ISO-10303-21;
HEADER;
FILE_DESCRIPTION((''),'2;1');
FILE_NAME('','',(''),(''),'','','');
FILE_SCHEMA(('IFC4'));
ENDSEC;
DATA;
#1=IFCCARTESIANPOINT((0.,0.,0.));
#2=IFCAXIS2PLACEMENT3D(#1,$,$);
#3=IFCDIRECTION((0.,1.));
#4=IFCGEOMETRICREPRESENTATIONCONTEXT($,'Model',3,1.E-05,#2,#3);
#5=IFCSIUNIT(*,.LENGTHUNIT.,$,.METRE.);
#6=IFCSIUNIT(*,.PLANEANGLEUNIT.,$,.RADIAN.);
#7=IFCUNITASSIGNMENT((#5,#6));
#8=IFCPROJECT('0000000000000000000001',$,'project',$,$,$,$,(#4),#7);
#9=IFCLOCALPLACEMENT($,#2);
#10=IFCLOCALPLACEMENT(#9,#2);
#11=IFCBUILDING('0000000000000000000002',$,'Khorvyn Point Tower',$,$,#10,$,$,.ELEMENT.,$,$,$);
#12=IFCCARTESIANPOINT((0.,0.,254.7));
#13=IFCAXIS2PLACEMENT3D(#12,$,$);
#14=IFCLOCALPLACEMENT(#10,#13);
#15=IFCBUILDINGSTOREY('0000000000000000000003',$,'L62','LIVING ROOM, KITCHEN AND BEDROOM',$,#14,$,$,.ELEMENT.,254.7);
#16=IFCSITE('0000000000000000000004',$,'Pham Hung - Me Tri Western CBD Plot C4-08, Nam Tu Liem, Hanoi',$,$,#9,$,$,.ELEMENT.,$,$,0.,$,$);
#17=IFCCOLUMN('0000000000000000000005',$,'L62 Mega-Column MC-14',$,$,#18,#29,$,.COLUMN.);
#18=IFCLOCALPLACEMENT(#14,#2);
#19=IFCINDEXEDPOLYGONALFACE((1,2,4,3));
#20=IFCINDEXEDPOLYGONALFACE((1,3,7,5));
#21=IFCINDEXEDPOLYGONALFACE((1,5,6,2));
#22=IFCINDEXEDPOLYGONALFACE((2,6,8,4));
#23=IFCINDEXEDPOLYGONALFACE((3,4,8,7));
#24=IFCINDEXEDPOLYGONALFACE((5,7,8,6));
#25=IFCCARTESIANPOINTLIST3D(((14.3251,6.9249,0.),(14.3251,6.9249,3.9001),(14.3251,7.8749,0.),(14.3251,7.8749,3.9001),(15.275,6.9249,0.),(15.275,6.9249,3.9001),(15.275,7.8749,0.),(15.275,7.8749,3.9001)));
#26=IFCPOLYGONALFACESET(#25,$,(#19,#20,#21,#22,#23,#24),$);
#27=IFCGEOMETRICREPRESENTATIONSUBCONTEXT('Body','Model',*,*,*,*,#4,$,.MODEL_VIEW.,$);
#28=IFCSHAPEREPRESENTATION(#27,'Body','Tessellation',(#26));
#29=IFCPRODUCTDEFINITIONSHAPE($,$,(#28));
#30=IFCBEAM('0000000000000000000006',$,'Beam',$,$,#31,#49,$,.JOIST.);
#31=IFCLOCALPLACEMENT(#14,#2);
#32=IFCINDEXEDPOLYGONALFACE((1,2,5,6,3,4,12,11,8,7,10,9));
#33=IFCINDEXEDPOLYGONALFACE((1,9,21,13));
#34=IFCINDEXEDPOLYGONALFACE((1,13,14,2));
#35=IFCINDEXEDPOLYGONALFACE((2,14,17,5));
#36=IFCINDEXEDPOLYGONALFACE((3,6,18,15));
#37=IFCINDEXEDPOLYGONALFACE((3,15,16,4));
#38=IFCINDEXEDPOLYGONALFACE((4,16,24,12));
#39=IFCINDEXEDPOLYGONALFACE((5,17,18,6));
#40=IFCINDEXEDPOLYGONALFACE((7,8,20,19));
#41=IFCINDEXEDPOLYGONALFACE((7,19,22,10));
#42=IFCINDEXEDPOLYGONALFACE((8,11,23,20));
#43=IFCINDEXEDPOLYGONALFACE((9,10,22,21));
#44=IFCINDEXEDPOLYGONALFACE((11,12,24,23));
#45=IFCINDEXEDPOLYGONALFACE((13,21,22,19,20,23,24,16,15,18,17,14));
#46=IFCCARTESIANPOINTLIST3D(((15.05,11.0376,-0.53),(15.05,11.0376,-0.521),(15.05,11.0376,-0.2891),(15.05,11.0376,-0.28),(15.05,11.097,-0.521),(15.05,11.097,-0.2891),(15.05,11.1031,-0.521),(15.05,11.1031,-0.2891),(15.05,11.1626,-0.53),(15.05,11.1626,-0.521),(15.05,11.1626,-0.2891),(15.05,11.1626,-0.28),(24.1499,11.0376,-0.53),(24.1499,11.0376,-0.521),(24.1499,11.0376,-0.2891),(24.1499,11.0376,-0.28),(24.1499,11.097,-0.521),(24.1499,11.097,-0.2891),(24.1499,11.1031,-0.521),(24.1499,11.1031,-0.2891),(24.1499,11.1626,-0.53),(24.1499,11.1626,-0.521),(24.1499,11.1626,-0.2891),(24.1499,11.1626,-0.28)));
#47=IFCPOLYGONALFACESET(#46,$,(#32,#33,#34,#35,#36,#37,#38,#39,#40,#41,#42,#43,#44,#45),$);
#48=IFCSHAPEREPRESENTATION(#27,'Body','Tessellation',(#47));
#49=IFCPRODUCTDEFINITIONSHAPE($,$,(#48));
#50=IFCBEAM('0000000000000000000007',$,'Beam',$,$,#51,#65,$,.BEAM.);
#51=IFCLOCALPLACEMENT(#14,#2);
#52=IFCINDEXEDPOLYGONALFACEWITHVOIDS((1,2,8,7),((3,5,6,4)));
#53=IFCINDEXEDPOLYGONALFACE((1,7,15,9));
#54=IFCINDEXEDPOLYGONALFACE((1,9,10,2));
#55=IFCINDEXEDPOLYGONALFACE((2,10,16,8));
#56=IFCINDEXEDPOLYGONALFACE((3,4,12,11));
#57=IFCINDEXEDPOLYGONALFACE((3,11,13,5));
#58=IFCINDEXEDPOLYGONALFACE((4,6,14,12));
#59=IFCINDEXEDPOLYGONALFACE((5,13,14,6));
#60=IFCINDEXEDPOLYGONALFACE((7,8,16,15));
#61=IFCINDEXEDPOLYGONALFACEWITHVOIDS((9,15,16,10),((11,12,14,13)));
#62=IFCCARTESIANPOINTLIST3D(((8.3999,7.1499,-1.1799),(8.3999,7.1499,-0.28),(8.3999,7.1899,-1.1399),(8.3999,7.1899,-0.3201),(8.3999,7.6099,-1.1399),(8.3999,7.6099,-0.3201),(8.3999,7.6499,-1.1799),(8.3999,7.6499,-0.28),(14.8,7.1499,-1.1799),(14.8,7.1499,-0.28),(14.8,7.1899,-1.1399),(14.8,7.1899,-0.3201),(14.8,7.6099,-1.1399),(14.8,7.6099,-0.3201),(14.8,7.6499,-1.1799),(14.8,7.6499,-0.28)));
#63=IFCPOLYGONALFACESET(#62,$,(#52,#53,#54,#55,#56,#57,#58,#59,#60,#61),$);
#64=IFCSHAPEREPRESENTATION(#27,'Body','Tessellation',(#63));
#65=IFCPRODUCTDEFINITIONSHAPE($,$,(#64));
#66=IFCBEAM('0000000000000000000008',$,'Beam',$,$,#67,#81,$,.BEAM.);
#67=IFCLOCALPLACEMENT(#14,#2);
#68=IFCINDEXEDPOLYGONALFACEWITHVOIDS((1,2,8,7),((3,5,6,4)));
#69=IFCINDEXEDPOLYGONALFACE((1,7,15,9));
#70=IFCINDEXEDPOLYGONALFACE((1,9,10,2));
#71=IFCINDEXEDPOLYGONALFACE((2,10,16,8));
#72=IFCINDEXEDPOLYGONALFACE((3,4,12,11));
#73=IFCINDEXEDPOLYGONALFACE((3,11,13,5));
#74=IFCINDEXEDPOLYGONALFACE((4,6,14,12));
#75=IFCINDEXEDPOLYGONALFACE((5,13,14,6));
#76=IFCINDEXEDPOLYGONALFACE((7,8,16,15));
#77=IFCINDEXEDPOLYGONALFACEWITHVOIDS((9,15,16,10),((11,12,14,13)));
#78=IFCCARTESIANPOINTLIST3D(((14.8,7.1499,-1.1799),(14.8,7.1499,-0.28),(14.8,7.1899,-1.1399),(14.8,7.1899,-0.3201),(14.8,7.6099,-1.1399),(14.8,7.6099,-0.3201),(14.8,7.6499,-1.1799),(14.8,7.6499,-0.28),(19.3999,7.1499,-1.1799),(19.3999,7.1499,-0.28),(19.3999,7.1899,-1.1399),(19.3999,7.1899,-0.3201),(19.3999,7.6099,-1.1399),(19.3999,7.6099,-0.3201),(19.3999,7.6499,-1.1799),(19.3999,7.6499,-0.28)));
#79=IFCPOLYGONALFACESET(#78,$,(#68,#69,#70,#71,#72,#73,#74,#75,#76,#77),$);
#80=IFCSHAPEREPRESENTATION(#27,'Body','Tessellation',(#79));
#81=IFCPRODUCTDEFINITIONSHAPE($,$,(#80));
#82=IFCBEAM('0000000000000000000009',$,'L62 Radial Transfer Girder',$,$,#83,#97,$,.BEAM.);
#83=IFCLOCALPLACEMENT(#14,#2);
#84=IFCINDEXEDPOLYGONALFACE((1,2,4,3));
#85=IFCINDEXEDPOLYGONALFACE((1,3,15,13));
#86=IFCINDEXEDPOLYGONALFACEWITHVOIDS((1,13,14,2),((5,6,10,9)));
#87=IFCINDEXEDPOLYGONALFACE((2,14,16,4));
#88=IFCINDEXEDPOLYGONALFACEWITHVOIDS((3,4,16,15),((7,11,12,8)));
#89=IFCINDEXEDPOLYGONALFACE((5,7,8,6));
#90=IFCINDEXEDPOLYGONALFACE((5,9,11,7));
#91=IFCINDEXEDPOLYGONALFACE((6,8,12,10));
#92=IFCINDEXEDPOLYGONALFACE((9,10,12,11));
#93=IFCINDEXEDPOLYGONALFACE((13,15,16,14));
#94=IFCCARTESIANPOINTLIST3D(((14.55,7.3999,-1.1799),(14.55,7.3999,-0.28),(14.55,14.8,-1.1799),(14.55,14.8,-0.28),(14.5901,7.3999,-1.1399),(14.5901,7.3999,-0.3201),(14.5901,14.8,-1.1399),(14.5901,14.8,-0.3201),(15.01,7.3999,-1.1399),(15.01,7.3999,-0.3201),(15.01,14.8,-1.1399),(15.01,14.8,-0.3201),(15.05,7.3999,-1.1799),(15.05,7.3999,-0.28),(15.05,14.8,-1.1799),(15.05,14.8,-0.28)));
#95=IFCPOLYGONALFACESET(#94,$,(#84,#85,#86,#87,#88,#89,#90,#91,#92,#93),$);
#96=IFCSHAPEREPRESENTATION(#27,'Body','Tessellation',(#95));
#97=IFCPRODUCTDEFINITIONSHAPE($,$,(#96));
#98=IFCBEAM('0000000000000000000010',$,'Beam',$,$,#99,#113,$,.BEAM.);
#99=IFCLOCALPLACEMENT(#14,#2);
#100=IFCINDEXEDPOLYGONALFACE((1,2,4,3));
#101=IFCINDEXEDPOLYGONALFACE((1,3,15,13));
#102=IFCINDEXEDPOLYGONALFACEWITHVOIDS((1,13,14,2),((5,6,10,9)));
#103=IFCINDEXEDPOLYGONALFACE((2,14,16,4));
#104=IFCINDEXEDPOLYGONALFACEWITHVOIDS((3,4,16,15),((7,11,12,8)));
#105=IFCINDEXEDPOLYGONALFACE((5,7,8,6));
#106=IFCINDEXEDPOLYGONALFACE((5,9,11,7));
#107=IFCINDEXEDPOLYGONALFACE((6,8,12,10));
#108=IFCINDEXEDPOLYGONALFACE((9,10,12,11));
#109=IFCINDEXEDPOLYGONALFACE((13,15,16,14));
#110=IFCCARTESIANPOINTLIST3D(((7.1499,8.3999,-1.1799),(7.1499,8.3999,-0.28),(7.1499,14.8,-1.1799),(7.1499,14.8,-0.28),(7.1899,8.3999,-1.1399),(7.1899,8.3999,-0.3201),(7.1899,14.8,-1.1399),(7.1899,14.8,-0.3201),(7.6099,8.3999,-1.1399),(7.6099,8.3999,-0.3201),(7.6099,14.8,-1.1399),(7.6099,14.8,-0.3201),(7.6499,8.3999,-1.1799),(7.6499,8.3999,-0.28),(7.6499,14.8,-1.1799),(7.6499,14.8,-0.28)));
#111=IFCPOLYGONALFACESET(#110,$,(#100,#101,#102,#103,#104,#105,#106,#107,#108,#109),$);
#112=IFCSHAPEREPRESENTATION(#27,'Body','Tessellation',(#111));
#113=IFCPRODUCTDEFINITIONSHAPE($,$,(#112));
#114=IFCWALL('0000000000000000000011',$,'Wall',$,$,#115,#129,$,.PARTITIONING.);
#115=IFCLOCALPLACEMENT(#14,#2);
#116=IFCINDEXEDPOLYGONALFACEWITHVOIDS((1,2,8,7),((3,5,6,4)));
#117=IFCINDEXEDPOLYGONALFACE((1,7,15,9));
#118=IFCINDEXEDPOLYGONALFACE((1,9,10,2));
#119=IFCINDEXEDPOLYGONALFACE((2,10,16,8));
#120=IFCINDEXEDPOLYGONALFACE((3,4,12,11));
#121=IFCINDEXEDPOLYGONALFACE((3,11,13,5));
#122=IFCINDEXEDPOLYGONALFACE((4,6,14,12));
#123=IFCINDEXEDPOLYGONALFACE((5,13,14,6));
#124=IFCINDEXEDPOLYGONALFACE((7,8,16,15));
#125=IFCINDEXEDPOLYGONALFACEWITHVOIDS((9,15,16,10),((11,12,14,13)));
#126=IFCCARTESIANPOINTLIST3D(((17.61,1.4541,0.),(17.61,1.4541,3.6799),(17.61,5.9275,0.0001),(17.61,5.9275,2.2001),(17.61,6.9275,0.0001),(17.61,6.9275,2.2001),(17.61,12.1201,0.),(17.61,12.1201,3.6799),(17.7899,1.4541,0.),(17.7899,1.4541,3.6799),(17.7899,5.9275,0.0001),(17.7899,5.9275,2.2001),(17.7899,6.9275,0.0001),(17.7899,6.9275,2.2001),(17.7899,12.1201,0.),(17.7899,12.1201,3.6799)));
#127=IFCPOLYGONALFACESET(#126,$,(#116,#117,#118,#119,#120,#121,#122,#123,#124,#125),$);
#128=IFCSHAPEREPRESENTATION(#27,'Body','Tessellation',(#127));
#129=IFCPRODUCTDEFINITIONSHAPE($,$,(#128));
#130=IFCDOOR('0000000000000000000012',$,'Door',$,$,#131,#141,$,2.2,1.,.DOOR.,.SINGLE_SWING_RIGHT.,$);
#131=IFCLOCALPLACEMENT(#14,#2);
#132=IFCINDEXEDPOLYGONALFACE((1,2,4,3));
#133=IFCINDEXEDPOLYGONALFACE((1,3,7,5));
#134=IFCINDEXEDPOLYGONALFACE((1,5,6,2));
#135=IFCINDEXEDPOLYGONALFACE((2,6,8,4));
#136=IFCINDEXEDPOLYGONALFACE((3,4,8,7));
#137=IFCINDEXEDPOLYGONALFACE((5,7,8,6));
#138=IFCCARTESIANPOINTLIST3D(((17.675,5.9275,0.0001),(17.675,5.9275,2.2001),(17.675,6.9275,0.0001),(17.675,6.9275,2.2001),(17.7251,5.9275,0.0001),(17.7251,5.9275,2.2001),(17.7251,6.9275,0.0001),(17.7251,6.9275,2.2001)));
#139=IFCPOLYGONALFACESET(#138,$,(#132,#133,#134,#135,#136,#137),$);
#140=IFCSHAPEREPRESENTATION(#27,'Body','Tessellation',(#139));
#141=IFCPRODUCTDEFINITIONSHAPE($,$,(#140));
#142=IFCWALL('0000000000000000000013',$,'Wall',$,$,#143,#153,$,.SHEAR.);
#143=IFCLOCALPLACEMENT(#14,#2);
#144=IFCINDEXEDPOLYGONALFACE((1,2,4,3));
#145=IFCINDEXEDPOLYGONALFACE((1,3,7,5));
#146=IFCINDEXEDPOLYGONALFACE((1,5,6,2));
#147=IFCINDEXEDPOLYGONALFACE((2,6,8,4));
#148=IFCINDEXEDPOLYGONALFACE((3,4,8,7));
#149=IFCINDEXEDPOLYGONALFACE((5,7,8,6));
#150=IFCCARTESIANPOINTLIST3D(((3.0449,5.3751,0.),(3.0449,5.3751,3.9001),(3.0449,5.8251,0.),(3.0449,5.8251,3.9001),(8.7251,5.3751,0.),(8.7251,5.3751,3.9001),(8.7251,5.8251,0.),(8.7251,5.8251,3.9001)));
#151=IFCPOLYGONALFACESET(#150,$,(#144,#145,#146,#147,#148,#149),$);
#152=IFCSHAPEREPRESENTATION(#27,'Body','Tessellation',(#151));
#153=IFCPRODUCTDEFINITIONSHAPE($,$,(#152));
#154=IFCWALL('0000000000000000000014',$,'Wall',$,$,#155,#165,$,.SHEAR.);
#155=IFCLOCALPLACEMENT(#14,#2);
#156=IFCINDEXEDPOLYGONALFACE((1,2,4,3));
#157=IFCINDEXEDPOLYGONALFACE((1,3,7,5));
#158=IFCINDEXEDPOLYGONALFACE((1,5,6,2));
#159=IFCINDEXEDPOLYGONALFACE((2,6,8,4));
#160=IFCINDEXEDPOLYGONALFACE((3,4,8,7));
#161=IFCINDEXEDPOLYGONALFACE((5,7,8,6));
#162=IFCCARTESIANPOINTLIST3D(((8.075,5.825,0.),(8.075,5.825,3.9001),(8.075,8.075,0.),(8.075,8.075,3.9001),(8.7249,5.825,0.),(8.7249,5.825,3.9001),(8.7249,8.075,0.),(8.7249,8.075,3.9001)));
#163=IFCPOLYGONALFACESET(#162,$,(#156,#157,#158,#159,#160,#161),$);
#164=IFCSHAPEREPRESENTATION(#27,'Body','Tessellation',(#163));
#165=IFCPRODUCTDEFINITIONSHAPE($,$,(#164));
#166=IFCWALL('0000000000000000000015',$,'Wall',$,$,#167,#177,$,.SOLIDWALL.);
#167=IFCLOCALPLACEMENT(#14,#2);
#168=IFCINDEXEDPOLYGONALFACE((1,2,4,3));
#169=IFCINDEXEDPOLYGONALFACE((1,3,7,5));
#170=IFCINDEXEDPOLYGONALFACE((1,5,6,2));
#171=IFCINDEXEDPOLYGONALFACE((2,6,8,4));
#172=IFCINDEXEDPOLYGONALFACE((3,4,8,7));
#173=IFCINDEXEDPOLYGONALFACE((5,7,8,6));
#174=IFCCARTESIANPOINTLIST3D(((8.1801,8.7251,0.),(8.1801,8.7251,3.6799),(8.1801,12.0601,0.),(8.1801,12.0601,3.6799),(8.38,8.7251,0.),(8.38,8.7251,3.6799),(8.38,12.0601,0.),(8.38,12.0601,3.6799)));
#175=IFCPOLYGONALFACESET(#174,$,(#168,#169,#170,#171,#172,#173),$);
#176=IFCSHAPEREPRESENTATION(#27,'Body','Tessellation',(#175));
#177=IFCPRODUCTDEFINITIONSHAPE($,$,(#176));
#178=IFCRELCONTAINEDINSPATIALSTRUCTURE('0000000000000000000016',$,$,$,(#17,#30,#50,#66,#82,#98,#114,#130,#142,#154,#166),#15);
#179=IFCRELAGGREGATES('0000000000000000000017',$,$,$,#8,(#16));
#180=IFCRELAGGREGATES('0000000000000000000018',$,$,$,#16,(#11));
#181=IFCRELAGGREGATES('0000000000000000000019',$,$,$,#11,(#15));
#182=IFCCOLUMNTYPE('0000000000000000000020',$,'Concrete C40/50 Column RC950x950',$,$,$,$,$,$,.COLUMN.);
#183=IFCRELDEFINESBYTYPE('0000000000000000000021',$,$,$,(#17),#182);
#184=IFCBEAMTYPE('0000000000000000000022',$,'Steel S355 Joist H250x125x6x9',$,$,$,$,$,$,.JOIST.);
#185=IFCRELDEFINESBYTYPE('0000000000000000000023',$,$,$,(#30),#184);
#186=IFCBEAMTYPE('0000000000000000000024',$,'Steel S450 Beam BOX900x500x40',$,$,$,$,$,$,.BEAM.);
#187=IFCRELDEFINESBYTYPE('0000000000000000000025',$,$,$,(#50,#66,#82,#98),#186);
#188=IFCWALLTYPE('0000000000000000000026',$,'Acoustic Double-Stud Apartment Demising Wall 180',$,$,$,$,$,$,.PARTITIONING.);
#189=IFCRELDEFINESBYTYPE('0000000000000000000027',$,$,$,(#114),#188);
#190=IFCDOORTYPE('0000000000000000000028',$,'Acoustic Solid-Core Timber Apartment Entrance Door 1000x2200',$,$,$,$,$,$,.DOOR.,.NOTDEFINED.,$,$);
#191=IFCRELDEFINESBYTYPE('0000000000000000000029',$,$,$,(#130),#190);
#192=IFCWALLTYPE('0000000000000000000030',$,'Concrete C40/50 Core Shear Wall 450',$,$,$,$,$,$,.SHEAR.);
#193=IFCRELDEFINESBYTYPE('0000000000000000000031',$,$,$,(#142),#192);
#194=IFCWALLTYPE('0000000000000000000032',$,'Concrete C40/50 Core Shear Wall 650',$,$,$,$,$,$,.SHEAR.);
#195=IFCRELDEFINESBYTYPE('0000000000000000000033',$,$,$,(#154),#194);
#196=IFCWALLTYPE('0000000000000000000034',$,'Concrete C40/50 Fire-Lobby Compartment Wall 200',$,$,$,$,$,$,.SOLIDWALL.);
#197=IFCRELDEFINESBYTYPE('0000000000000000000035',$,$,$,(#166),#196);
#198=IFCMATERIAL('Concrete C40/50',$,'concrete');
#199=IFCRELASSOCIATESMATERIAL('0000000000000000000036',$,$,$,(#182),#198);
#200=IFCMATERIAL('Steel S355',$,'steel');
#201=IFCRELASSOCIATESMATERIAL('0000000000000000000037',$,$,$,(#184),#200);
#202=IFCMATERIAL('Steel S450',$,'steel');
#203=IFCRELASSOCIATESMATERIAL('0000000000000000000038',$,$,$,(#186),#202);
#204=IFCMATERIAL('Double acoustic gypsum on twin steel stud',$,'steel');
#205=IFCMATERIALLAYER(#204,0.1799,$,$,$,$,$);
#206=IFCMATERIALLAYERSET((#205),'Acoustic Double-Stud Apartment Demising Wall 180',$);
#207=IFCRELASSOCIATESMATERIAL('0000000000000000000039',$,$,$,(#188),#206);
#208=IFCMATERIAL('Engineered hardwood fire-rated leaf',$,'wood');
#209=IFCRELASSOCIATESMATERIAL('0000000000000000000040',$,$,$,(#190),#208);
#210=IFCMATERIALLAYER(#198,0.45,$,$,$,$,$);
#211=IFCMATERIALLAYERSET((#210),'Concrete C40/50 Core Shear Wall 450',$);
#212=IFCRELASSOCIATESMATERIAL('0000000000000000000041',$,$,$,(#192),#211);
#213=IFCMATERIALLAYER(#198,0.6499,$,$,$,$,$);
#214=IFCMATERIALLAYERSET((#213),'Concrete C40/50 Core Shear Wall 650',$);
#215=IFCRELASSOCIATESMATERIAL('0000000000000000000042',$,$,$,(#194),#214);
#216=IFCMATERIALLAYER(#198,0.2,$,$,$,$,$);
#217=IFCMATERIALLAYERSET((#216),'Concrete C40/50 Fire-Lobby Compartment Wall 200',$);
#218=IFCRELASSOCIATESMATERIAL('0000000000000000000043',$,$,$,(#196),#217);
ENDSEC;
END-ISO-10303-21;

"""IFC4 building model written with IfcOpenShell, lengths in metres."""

from ifc_helpers import new_model, si_unit, direction, frame, frame_2d, origin, origin_2d, place, context, subcontext, project, spatial, rectangle, hollow_rectangle, i_section, extrude, material, layer, layer_set, material_profile, profile_set, type_object, element, fill, save


model = new_model("IFC4")

# Units and contexts
model_context = context("Model", 3, precision=1e-05, world=origin(), true_north=direction((0.0, 1.0)))
body_context = subcontext(model_context, "Body", "Model", "MODEL_VIEW")
ifc_project = project(units=[si_unit("LENGTHUNIT", "METRE"), si_unit("PLANEANGLEUNIT", "RADIAN")], contexts=[model_context])

# Site, building, storey
site_placement = place(None, origin())
site = spatial("IfcSite", under=ifc_project, at=site_placement, Name="Pham Hung - Me Tri Western CBD Plot C4-08, Nam Tu Liem, Hanoi", CompositionType="ELEMENT", RefElevation=0.0)
building_placement = place(site_placement, origin())
building = spatial("IfcBuilding", under=site, at=building_placement, Name="Khorvyn Point Tower", CompositionType="ELEMENT")
storey_placement = place(building_placement, frame((0.0, 0.0, 254.7)))
storey = spatial("IfcBuildingStorey", under=building, at=storey_placement, Name="L62", Description="LIVING ROOM, KITCHEN AND BEDROOM", CompositionType="ELEMENT", Elevation=254.7)

# Column
ifc_material_1 = material(Name="Concrete C40/50", Category="concrete")
ifc_material_profile_1 = material_profile(ifc_material_1, rectangle(XDim=0.95, YDim=0.95, at=origin_2d()))
ifc_profile_set_1 = profile_set([ifc_material_profile_1], Name="Concrete C40/50 RC950x950")
column_type = type_object("IfcColumnType", Name="Concrete C40/50 Column RC950x950", PredefinedType="COLUMN", material=ifc_profile_set_1)
column_placement = place(storey_placement, frame((14.8, 7.3999, 0.0), z_axis=(0.0, 0.0, 1.0), x_axis=(1.0, 0.0, 0.0)))
element("IfcColumn", 1, at=column_placement, inside=storey, type_object=column_type, Name="L62 Mega-Column MC-14", PredefinedType="COLUMN", context=body_context, shape_type="SweptSolid", body=[
    extrude(rectangle(XDim=0.95, YDim=0.95, at=origin_2d()), origin(), (0.0, 0.0, 1.0), 3.9001),
])

# Beams
ifc_material_2 = material(Name="Steel S355", Category="steel")
ifc_material_profile_2 = material_profile(ifc_material_2, i_section(OverallWidth=0.125, OverallDepth=0.25, WebThickness=0.0061, FlangeThickness=0.009, at=origin_2d()))
ifc_profile_set_2 = profile_set([ifc_material_profile_2], Name="Steel S355 H250x125x6x9")
beam_type_1 = type_object("IfcBeamType", Name="Steel S355 Joist H250x125x6x9", PredefinedType="JOIST", material=ifc_profile_set_2)
beam_1_placement = place(storey_placement, frame((15.05, 11.1001, -0.405), z_axis=(1.0, 0.0, 0.0), x_axis=(0.0, 1.0, 0.0)))
element("IfcBeam", 2, at=beam_1_placement, inside=storey, type_object=beam_type_1, Name="Beam", PredefinedType="JOIST", context=body_context, shape_type="SweptSolid", body=[
    extrude(i_section(OverallWidth=0.125, OverallDepth=0.25, WebThickness=0.0061, FlangeThickness=0.009, at=origin_2d()), origin(), (0.0, 0.0, 1.0), 9.0999),
])
ifc_material_3 = material(Name="Steel S450", Category="steel")
ifc_material_profile_3 = material_profile(ifc_material_3, hollow_rectangle(XDim=0.5, YDim=0.8999, WallThickness=0.04, at=origin_2d()))
ifc_profile_set_3 = profile_set([ifc_material_profile_3], Name="Steel S450 BOX900x500x40")
beam_type_2 = type_object("IfcBeamType", Name="Steel S450 Beam BOX900x500x40", PredefinedType="BEAM", material=ifc_profile_set_3)
beam_2_placement = place(storey_placement, frame((8.3999, 7.3999, -0.73), z_axis=(1.0, 0.0, 0.0), x_axis=(0.0, 1.0, 0.0)))
element("IfcBeam", 3, at=beam_2_placement, inside=storey, type_object=beam_type_2, Name="Beam", PredefinedType="BEAM", context=body_context, shape_type="SweptSolid", body=[
    extrude(hollow_rectangle(XDim=0.5, YDim=0.8999, WallThickness=0.04, at=origin_2d()), origin(), (0.0, 0.0, 1.0), 6.4001),
])
beam_3_placement = place(storey_placement, frame((14.8, 7.3999, -0.73), z_axis=(1.0, 0.0, 0.0), x_axis=(0.0, 1.0, 0.0)))
element("IfcBeam", 4, at=beam_3_placement, inside=storey, type_object=beam_type_2, Name="Beam", PredefinedType="BEAM", context=body_context, shape_type="SweptSolid", body=[
    extrude(hollow_rectangle(XDim=0.5, YDim=0.8999, WallThickness=0.04, at=origin_2d()), origin(), (0.0, 0.0, 1.0), 4.5999),
])
beam_4_placement = place(storey_placement, frame((14.8, 7.3999, -0.73), z_axis=(0.0, 1.0, 0.0), x_axis=(-1.0, 0.0, 0.0)))
element("IfcBeam", 5, at=beam_4_placement, inside=storey, type_object=beam_type_2, Name="L62 Radial Transfer Girder", PredefinedType="BEAM", context=body_context, shape_type="SweptSolid", body=[
    extrude(hollow_rectangle(XDim=0.5, YDim=0.8999, WallThickness=0.04, at=origin_2d()), origin(), (0.0, 0.0, 1.0), 7.4001),
])
beam_5_placement = place(storey_placement, frame((7.3999, 8.3999, -0.73), z_axis=(0.0, 1.0, 0.0), x_axis=(-1.0, 0.0, 0.0)))
element("IfcBeam", 6, at=beam_5_placement, inside=storey, type_object=beam_type_2, Name="Beam", PredefinedType="BEAM", context=body_context, shape_type="SweptSolid", body=[
    extrude(hollow_rectangle(XDim=0.5, YDim=0.8999, WallThickness=0.04, at=origin_2d()), origin(), (0.0, 0.0, 1.0), 6.4001),
])

# Wall, opening, door
ifc_material_4 = material(Name="Double acoustic gypsum on twin steel stud", Category="steel")
ifc_layer_1 = layer(ifc_material_4, 0.1799)
ifc_layer_set_1 = layer_set([ifc_layer_1], Name="Acoustic Double-Stud Apartment Demising Wall 180")
wall_type_1 = type_object("IfcWallType", Name="Acoustic Double-Stud Apartment Demising Wall 180", PredefinedType="PARTITIONING", material=ifc_layer_set_1)
wall_1_placement = place(storey_placement, frame((17.7, 1.4541, 0.0), z_axis=(0.0, 0.0, 1.0), x_axis=(0.0, 1.0, 0.0)))
wall_1 = element("IfcWall", 7, at=wall_1_placement, inside=storey, type_object=wall_type_1, Name="Wall", PredefinedType="PARTITIONING", context=body_context, shape_type="SweptSolid", body=[
    extrude(rectangle(XDim=10.666, YDim=0.1799, at=frame_2d((5.333, 0.0))), origin(), (0.0, 0.0, 1.0), 3.6799),
])
opening_1_placement = place(wall_1_placement, frame((4.4734, 0.0, 0.0)))
opening_1 = element("IfcOpeningElement", 8, at=opening_1_placement, cuts=wall_1, PredefinedType="OPENING", context=body_context, shape_type="SweptSolid", body=[
    extrude(rectangle(XDim=1.0, YDim=2.2, at=frame_2d((0.5, 1.1001))), frame((0.0, 0.0999, 0.0), z_axis=(0.0, -1.0, 0.0), x_axis=(1.0, 0.0, 0.0)), (0.0, 0.0, 1.0), 0.2),
])
ifc_material_5 = material(Name="Engineered hardwood fire-rated leaf", Category="wood")
door_type_1 = type_object("IfcDoorType", Name="Acoustic Solid-Core Timber Apartment Entrance Door 1000x2200", OperationType="NOTDEFINED", PredefinedType="DOOR", material=ifc_material_5)
door_1_placement = place(opening_1_placement, origin())
door_1 = element("IfcDoor", 9, at=door_1_placement, inside=storey, type_object=door_type_1, Name="Door", OperationType="SINGLE_SWING_RIGHT", OverallHeight=2.2, OverallWidth=1.0, PredefinedType="DOOR", context=body_context, shape_type="SweptSolid", body=[
    extrude(rectangle(XDim=1.0, YDim=2.2, at=frame_2d((0.5, 1.1001))), frame((0.0, 0.0249, 0.0), z_axis=(0.0, -1.0, 0.0), x_axis=(1.0, 0.0, 0.0)), (0.0, 0.0, 1.0), 0.05),
])
fill(opening_1, door_1)

# Walls
ifc_layer_2 = layer(ifc_material_1, 0.45)
ifc_layer_set_2 = layer_set([ifc_layer_2], Name="Concrete C40/50 Core Shear Wall 450")
wall_type_2 = type_object("IfcWallType", Name="Concrete C40/50 Core Shear Wall 450", PredefinedType="SHEAR", material=ifc_layer_set_2)
wall_2_placement = place(storey_placement, frame((3.0449, 5.6001, 0.0), z_axis=(0.0, 0.0, 1.0), x_axis=(1.0, 0.0, 0.0)))
element("IfcWall", 10, at=wall_2_placement, inside=storey, type_object=wall_type_2, Name="Wall", PredefinedType="SHEAR", context=body_context, shape_type="SweptSolid", body=[
    extrude(rectangle(XDim=5.6802, YDim=0.45, at=frame_2d((2.8401, 0.0))), origin(), (0.0, 0.0, 1.0), 3.9001),
])
ifc_layer_3 = layer(ifc_material_1, 0.6499)
ifc_layer_set_3 = layer_set([ifc_layer_3], Name="Concrete C40/50 Core Shear Wall 650")
wall_type_3 = type_object("IfcWallType", Name="Concrete C40/50 Core Shear Wall 650", PredefinedType="SHEAR", material=ifc_layer_set_3)
wall_3_placement = place(storey_placement, frame((8.3999, 5.825, 0.0), z_axis=(0.0, 0.0, 1.0), x_axis=(0.0, 1.0, 0.0)))
element("IfcWall", 11, at=wall_3_placement, inside=storey, type_object=wall_type_3, Name="Wall", PredefinedType="SHEAR", context=body_context, shape_type="SweptSolid", body=[
    extrude(rectangle(XDim=2.25, YDim=0.6499, at=frame_2d((1.125, 0.0))), origin(), (0.0, 0.0, 1.0), 3.9001),
])

# Shared definitions
ifc_layer_4 = layer(ifc_material_1, 0.2)
ifc_layer_set_4 = layer_set([ifc_layer_4], Name="Concrete C40/50 Fire-Lobby Compartment Wall 200")
wall_type_4 = type_object("IfcWallType", Name="Concrete C40/50 Fire-Lobby Compartment Wall 200", PredefinedType="SOLIDWALL", material=ifc_layer_set_4)

# Wall
wall_4_placement = place(storey_placement, frame((8.28, 8.7251, 0.0), z_axis=(0.0, 0.0, 1.0), x_axis=(0.0, 1.0, 0.0)))
element("IfcWall", 12, at=wall_4_placement, inside=storey, type_object=wall_type_4, Name="Wall", PredefinedType="SOLIDWALL", context=body_context, shape_type="SweptSolid", body=[
    extrude(rectangle(XDim=3.335, YDim=0.2, at=frame_2d((1.6675, 0.0))), origin(), (0.0, 0.0, 1.0), 3.6799),
])

save(model, "model.ifc")
